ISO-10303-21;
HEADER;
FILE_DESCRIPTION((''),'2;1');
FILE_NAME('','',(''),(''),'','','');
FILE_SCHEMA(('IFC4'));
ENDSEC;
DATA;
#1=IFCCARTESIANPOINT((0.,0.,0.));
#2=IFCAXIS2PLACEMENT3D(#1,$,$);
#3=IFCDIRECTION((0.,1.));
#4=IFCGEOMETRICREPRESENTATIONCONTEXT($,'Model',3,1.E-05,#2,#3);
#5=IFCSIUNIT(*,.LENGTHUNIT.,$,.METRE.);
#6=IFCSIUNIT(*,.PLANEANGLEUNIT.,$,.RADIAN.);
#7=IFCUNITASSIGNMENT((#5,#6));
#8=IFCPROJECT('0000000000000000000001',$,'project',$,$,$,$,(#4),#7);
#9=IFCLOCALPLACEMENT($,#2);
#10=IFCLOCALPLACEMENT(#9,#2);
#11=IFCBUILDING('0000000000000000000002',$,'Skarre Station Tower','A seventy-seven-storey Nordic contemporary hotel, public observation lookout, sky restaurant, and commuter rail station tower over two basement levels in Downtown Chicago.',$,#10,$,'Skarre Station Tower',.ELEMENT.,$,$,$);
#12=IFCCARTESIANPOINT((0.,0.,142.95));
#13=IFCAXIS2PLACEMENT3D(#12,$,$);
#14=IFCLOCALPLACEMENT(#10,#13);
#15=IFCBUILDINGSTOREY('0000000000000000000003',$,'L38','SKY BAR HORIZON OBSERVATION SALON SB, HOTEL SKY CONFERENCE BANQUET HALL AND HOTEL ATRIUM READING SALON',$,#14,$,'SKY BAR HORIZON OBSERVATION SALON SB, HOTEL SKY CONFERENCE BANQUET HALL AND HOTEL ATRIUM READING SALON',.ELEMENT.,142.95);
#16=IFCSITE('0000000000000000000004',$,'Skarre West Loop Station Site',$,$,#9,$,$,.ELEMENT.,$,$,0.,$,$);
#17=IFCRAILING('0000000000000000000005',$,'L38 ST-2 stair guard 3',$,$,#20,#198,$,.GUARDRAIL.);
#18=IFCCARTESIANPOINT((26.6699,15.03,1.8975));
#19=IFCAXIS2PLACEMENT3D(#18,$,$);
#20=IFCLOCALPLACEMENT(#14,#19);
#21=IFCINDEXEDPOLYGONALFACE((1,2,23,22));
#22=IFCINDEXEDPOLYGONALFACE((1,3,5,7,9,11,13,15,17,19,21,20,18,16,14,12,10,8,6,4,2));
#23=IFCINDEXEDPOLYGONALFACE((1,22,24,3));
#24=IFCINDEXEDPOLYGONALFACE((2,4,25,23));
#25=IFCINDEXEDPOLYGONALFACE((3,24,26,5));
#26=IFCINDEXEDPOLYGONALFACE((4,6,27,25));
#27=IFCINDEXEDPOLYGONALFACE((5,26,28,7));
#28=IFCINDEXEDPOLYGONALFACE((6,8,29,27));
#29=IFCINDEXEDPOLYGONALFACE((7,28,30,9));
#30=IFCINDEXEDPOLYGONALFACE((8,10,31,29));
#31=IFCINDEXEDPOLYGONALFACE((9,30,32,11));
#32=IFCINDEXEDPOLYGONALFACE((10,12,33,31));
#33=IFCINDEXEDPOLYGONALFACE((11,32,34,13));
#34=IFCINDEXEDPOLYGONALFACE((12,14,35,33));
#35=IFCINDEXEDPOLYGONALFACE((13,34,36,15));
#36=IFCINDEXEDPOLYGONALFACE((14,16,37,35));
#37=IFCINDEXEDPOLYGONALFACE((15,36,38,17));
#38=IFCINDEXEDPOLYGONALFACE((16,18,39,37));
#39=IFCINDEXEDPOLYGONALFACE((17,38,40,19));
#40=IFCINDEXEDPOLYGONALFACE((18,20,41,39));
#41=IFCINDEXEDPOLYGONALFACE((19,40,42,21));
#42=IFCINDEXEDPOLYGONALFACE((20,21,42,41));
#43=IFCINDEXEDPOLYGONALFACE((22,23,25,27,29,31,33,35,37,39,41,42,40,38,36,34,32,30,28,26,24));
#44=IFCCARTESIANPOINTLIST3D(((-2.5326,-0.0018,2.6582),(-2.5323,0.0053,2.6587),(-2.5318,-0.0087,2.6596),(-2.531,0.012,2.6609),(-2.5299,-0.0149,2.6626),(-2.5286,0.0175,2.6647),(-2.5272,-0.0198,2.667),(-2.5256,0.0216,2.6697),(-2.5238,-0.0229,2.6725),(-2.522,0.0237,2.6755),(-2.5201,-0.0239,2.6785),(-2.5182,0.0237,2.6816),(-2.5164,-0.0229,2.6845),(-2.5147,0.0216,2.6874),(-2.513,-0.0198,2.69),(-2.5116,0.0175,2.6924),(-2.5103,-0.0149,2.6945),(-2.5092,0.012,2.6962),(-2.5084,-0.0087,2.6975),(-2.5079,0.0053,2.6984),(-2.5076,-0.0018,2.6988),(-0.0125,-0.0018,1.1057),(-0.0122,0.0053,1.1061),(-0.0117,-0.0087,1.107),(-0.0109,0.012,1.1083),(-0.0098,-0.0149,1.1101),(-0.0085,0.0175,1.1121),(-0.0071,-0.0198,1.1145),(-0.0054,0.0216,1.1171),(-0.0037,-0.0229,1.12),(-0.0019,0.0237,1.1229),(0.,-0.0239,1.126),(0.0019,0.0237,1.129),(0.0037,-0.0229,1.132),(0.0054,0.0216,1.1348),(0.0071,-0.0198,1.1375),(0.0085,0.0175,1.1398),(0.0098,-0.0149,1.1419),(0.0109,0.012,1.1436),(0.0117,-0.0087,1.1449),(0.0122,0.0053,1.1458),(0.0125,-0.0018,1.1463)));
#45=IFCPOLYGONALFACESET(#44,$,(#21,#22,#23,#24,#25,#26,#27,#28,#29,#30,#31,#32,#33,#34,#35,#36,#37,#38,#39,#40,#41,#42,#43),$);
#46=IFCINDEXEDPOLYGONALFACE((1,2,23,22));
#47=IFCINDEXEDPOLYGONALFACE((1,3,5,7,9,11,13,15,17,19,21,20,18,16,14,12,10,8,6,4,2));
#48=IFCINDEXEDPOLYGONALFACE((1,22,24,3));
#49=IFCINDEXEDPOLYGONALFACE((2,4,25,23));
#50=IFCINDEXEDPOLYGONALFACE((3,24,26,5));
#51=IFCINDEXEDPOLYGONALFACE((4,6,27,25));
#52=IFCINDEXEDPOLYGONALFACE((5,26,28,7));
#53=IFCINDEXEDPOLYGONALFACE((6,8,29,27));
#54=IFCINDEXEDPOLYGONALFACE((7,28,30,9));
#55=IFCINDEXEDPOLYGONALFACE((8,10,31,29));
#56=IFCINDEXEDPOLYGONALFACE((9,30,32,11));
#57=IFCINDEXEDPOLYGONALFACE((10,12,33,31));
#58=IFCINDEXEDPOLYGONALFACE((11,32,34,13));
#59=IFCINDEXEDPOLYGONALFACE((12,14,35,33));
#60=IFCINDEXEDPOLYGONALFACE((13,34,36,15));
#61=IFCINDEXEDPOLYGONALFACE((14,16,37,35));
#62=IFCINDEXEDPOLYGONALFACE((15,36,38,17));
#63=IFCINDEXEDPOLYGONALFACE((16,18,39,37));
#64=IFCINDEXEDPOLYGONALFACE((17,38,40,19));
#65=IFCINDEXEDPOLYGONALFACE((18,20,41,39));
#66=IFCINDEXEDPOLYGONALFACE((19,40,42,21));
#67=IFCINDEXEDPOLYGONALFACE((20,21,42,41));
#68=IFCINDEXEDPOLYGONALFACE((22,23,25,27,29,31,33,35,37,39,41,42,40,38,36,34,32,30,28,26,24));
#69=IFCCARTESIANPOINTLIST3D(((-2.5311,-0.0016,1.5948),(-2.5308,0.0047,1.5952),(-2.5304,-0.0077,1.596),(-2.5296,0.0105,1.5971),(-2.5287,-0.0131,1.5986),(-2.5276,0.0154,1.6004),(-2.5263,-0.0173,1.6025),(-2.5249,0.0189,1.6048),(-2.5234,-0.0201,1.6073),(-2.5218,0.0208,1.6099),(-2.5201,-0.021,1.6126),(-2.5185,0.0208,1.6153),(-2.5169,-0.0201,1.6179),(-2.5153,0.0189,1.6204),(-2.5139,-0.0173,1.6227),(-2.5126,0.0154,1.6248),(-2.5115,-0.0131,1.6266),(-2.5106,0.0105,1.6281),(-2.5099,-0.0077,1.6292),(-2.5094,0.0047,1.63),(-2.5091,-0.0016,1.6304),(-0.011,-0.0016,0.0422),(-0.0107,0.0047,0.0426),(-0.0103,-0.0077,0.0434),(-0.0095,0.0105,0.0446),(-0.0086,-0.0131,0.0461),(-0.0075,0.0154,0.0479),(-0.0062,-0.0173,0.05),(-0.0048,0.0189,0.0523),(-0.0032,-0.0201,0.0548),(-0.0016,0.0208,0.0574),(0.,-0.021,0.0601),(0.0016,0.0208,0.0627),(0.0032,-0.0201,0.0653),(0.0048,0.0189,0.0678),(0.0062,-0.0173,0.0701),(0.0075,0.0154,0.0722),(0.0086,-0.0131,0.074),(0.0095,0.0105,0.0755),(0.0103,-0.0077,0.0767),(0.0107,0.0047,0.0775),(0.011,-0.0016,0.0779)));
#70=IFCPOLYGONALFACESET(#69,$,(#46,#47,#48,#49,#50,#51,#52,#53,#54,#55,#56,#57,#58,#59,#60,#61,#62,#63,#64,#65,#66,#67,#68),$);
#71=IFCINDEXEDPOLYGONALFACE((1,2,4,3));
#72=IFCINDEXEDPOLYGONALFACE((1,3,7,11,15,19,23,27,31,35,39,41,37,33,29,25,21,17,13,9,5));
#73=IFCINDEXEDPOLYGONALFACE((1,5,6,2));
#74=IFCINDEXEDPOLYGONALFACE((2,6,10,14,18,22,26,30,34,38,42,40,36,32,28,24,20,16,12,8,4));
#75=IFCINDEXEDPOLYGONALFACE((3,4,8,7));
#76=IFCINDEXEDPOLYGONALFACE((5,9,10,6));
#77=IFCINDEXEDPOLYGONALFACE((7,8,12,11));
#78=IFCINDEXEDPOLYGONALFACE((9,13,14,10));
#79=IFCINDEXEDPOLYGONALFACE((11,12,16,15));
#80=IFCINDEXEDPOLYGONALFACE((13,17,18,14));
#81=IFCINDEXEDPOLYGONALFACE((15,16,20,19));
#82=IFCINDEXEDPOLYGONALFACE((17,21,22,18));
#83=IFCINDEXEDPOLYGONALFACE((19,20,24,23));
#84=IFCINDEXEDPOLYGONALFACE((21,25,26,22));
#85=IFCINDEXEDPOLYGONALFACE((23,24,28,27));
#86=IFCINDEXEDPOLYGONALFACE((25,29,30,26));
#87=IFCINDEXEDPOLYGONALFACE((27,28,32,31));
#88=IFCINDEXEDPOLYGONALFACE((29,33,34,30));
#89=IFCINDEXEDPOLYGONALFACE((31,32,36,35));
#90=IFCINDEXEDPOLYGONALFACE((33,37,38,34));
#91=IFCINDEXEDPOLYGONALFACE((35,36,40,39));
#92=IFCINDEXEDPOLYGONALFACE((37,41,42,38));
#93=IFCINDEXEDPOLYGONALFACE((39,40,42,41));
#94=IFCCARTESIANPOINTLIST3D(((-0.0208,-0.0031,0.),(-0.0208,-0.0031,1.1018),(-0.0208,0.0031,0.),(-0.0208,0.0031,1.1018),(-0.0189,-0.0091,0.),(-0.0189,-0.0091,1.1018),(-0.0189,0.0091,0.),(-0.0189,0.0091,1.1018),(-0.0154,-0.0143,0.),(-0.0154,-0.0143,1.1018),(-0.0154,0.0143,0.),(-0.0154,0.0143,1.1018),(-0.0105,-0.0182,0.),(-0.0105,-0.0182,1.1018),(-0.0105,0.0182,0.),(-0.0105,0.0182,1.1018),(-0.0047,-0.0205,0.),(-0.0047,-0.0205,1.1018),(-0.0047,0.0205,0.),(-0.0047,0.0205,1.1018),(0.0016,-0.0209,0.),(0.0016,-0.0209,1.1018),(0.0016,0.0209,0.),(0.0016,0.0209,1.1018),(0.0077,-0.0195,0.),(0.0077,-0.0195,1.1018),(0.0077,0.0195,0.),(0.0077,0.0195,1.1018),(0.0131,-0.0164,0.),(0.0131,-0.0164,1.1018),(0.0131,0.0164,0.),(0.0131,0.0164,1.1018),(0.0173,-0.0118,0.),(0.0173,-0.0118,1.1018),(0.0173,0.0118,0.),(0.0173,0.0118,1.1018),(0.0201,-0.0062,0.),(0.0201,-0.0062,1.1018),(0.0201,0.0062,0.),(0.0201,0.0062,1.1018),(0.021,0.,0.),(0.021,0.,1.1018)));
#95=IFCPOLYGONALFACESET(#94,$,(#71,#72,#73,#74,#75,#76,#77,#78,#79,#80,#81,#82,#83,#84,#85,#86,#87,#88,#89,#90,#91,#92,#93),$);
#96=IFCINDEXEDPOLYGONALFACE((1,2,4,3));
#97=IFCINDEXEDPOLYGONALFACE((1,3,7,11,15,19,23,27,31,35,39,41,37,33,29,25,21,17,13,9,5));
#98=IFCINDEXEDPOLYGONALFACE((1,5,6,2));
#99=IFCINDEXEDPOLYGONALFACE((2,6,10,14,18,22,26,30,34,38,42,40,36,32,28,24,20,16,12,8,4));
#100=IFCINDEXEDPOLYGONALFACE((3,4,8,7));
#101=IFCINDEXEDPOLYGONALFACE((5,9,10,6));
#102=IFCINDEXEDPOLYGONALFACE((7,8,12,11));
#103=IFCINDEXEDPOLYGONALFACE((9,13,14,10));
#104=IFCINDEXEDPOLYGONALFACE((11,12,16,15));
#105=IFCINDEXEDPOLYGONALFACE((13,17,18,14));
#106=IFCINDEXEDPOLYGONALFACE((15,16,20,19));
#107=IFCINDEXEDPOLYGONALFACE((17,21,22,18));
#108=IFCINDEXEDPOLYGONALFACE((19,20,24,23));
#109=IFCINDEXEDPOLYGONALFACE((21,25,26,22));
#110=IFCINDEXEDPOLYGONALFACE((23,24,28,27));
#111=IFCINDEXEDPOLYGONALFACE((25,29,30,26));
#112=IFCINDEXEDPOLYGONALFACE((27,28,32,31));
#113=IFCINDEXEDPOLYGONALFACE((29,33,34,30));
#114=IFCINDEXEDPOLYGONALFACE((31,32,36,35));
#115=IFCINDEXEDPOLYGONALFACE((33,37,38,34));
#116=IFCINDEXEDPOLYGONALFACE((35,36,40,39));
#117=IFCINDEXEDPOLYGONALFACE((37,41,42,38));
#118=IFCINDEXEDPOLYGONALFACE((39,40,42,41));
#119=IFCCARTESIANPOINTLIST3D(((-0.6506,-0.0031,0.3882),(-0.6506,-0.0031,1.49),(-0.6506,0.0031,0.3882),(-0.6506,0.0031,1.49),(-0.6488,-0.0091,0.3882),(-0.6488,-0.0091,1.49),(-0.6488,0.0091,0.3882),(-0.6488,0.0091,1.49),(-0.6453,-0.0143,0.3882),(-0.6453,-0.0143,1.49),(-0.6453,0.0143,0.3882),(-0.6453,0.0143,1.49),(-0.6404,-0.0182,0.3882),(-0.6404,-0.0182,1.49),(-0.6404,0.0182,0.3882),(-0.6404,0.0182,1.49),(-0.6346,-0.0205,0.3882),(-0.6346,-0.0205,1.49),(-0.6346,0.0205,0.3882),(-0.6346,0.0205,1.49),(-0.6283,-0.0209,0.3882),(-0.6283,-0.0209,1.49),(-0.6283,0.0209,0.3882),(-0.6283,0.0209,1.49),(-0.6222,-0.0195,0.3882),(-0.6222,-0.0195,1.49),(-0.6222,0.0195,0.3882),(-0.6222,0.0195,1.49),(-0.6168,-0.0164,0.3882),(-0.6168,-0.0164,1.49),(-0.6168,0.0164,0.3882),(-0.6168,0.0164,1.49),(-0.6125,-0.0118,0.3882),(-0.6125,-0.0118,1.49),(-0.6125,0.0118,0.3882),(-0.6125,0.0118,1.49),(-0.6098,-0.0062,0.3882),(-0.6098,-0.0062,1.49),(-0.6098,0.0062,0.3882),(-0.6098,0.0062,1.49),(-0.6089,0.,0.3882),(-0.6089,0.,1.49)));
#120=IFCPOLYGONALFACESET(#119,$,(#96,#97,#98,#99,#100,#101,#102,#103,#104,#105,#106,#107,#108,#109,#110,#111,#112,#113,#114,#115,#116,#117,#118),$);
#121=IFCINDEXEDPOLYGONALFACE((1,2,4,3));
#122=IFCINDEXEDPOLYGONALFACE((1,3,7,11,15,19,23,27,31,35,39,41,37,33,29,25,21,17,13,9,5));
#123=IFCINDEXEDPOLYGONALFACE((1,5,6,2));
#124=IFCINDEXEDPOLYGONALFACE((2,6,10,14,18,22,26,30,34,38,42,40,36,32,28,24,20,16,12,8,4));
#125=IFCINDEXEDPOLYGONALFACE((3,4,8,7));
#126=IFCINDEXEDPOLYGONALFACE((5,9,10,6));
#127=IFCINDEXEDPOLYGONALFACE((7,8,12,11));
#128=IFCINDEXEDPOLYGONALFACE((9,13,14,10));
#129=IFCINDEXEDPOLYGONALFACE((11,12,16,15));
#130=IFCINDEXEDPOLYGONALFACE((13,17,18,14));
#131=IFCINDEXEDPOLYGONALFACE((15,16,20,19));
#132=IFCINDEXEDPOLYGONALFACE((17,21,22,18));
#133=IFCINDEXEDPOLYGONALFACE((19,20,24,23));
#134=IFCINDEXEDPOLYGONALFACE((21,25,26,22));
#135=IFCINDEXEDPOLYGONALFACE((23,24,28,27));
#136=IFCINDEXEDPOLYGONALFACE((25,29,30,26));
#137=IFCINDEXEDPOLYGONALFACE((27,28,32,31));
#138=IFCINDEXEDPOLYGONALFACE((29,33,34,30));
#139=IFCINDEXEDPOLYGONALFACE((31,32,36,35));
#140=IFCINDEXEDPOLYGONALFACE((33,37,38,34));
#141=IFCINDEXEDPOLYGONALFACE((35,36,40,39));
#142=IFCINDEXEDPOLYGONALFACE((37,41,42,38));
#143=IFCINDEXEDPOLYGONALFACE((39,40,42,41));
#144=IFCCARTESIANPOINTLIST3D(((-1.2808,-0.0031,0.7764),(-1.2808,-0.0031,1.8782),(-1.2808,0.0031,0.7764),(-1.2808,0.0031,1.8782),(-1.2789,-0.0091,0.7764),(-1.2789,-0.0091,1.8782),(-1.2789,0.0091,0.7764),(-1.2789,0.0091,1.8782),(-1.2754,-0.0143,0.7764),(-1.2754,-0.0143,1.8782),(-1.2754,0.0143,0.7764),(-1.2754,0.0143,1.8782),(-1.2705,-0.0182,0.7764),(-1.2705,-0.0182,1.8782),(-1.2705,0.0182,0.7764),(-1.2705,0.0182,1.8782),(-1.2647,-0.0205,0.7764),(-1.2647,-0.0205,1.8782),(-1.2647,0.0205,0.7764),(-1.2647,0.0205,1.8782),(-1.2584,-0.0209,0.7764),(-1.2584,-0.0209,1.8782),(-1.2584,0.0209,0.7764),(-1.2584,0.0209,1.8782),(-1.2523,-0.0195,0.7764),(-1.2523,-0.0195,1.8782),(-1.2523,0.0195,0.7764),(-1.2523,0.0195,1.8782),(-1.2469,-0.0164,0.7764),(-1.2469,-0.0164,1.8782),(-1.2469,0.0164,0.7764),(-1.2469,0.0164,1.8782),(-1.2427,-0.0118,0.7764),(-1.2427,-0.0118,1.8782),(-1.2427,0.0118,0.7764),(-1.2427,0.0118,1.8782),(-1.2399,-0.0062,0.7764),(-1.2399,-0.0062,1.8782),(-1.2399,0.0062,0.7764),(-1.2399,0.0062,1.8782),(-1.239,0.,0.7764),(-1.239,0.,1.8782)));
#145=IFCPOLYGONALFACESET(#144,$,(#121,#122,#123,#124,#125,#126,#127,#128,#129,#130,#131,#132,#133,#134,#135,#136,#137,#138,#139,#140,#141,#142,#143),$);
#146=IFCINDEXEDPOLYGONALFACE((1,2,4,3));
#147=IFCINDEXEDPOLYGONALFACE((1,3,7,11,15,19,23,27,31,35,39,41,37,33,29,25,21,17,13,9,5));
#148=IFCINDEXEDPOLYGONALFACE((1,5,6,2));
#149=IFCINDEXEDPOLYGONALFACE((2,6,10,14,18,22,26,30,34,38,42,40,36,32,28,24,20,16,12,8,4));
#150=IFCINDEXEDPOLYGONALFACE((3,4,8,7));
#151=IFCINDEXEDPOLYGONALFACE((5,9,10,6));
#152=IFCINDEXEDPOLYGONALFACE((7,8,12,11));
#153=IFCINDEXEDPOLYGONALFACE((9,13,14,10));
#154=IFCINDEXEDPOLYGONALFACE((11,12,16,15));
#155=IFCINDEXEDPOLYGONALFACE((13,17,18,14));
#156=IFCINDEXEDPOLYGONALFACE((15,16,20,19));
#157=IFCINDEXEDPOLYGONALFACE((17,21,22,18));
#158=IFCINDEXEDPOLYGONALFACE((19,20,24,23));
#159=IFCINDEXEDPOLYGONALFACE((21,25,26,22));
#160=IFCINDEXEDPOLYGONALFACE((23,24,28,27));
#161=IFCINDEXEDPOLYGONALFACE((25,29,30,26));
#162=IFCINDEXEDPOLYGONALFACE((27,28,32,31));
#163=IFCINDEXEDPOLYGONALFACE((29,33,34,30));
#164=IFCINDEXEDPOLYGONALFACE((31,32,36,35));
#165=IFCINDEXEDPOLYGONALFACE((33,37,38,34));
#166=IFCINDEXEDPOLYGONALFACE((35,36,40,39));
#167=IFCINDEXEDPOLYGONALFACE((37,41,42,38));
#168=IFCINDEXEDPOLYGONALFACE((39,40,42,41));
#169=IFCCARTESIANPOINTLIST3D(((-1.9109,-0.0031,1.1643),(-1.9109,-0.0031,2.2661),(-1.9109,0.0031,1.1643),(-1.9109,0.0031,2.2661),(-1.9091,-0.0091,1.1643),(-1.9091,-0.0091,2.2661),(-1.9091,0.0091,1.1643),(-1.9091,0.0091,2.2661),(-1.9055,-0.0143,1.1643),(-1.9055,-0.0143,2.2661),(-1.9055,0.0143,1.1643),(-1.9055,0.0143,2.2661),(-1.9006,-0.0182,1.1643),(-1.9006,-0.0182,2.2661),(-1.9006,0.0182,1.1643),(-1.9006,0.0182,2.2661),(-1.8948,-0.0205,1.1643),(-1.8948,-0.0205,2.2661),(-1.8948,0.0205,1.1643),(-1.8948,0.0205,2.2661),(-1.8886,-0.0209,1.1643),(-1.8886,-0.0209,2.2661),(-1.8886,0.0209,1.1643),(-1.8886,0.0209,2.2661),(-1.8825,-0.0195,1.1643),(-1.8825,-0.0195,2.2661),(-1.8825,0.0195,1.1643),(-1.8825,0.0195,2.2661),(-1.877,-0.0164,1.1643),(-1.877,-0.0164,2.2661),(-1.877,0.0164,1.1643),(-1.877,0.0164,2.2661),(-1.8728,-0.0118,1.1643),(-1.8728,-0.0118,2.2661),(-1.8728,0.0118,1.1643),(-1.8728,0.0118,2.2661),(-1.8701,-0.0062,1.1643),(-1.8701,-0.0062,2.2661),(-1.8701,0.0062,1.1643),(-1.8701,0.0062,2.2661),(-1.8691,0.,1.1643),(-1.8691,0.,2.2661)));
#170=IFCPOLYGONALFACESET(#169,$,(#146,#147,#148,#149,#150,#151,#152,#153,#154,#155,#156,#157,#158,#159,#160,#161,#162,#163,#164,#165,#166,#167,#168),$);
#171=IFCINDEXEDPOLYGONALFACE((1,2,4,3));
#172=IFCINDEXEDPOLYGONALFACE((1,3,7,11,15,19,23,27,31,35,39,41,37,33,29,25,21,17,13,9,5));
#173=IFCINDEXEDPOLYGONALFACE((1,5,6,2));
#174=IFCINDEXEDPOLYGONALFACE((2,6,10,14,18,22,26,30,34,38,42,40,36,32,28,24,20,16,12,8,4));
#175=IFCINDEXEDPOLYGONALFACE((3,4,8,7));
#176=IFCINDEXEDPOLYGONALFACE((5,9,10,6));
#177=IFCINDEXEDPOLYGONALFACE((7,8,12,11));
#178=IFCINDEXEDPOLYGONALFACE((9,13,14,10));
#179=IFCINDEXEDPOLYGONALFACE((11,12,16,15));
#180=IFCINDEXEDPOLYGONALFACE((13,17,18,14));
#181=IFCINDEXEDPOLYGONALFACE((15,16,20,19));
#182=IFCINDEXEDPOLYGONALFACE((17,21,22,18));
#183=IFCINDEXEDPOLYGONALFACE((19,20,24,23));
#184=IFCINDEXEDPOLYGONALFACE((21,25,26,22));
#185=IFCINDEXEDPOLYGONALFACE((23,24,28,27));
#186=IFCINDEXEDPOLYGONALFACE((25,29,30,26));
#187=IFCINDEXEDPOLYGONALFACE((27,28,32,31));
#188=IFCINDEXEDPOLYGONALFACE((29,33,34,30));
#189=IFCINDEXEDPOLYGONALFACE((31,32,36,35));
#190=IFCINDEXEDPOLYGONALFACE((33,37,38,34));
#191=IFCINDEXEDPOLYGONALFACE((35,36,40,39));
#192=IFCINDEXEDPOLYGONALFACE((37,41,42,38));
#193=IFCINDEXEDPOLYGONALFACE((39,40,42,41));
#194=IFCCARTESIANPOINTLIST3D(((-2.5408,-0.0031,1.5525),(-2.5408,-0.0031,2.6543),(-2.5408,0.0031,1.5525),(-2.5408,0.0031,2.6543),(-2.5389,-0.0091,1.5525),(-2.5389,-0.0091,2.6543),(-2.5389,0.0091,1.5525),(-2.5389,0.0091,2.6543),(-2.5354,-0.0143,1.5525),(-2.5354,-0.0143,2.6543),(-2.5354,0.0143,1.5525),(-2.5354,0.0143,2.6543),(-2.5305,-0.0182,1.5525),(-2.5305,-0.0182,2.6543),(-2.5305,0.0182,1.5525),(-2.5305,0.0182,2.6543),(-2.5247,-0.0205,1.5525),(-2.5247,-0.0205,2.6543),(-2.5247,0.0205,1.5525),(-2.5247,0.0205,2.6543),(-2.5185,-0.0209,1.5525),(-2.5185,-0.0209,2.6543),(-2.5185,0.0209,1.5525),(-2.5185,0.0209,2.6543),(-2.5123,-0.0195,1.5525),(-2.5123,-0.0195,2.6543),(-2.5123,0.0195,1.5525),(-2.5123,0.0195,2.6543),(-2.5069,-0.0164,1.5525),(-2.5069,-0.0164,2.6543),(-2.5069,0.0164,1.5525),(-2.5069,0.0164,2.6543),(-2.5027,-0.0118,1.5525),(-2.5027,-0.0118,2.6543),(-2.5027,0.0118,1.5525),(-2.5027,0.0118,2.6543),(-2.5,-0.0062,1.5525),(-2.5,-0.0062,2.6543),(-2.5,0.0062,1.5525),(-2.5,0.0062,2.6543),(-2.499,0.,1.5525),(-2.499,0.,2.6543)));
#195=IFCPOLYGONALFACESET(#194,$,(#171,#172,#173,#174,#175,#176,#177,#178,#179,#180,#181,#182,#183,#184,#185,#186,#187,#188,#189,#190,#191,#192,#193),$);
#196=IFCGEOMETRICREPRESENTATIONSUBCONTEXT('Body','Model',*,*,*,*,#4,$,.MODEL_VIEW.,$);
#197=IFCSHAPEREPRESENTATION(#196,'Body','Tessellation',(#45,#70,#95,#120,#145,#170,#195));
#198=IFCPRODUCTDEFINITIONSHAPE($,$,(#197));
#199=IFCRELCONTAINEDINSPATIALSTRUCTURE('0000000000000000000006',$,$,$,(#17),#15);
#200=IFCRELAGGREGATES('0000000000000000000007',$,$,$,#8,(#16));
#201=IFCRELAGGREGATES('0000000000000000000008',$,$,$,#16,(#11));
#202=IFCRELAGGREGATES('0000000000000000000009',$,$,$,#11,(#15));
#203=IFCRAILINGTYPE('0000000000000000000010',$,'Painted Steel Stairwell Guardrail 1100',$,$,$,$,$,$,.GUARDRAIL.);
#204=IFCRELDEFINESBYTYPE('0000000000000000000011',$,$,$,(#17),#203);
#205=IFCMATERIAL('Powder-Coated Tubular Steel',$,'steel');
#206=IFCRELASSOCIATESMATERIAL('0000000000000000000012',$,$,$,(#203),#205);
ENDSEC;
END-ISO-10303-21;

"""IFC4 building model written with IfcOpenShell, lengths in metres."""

from ifc_helpers import new_model, si_unit, direction, frame, origin, origin_2d, place, context, subcontext, project, spatial, circle, extrude, material, type_object, element, save


model = new_model("IFC4")

# Units and contexts
model_context = context("Model", 3, precision=1e-05, world=origin(), true_north=direction((0.0, 1.0)))
body_context = subcontext(model_context, "Body", "Model", "MODEL_VIEW")
ifc_project = project(units=[si_unit("LENGTHUNIT", "METRE"), si_unit("PLANEANGLEUNIT", "RADIAN")], contexts=[model_context])

# Site, building, storey
site_placement = place(None, origin())
site = spatial("IfcSite", under=ifc_project, at=site_placement, Name="Skarre West Loop Station Site", CompositionType="ELEMENT", RefElevation=0.0)
building_placement = place(site_placement, origin())
building = spatial("IfcBuilding", under=site, at=building_placement, Name="Skarre Station Tower", Description="A seventy-seven-storey Nordic contemporary hotel, public observation lookout, sky restaurant, and commuter rail station tower over two basement levels in Downtown Chicago.", LongName="Skarre Station Tower", CompositionType="ELEMENT")
storey_placement = place(building_placement, frame((0.0, 0.0, 142.95)))
storey = spatial("IfcBuildingStorey", under=building, at=storey_placement, Name="L38", Description="SKY BAR HORIZON OBSERVATION SALON SB, HOTEL SKY CONFERENCE BANQUET HALL AND HOTEL ATRIUM READING SALON", LongName="SKY BAR HORIZON OBSERVATION SALON SB, HOTEL SKY CONFERENCE BANQUET HALL AND HOTEL ATRIUM READING SALON", CompositionType="ELEMENT", Elevation=142.95)

# Railing
ifc_material_1 = material(Name="Powder-Coated Tubular Steel", Category="steel")
railing_type_1 = type_object("IfcRailingType", Name="Painted Steel Stairwell Guardrail 1100", PredefinedType="GUARDRAIL", material=ifc_material_1)
railing_1_placement = place(storey_placement, frame((26.6699, 15.03, 1.8975)))
element("IfcRailing", 1, at=railing_1_placement, inside=storey, type_object=railing_type_1, Name="L38 ST-2 stair guard 3", PredefinedType="GUARDRAIL", context=body_context, shape_type="SweptSolid", body=[
    extrude(circle(Radius=0.0239, at=origin_2d()), frame((0.0, 0.0, 1.126), z_axis=(-0.8514, 0.0, 0.524516), x_axis=(0.0, -1.0, 0.0)), (0.0, 0.0, 1.0), 2.96),
    extrude(circle(Radius=0.021, at=origin_2d()), frame((0.0, 0.0, 0.0601), z_axis=(-0.8514, 0.0, 0.524516), x_axis=(0.0, -1.0, 0.0)), (0.0, 0.0, 1.0), 2.96),
    extrude(circle(Radius=0.021, at=origin_2d()), origin(), (0.0, 0.0, 1.0), 1.1018),
    extrude(circle(Radius=0.021, at=origin_2d()), frame((-0.6299, 0.0, 0.3882)), (0.0, 0.0, 1.0), 1.1018),
    extrude(circle(Radius=0.021, at=origin_2d()), frame((-1.26, 0.0, 0.7764)), (0.0, 0.0, 1.0), 1.1018),
    extrude(circle(Radius=0.021, at=origin_2d()), frame((-1.8901, 0.0, 1.1643)), (0.0, 0.0, 1.0), 1.1018),
    extrude(circle(Radius=0.021, at=origin_2d()), frame((-2.52, 0.0, 1.5525)), (0.0, 0.0, 1.0), 1.1018),
])

save(model, "model.ifc")
